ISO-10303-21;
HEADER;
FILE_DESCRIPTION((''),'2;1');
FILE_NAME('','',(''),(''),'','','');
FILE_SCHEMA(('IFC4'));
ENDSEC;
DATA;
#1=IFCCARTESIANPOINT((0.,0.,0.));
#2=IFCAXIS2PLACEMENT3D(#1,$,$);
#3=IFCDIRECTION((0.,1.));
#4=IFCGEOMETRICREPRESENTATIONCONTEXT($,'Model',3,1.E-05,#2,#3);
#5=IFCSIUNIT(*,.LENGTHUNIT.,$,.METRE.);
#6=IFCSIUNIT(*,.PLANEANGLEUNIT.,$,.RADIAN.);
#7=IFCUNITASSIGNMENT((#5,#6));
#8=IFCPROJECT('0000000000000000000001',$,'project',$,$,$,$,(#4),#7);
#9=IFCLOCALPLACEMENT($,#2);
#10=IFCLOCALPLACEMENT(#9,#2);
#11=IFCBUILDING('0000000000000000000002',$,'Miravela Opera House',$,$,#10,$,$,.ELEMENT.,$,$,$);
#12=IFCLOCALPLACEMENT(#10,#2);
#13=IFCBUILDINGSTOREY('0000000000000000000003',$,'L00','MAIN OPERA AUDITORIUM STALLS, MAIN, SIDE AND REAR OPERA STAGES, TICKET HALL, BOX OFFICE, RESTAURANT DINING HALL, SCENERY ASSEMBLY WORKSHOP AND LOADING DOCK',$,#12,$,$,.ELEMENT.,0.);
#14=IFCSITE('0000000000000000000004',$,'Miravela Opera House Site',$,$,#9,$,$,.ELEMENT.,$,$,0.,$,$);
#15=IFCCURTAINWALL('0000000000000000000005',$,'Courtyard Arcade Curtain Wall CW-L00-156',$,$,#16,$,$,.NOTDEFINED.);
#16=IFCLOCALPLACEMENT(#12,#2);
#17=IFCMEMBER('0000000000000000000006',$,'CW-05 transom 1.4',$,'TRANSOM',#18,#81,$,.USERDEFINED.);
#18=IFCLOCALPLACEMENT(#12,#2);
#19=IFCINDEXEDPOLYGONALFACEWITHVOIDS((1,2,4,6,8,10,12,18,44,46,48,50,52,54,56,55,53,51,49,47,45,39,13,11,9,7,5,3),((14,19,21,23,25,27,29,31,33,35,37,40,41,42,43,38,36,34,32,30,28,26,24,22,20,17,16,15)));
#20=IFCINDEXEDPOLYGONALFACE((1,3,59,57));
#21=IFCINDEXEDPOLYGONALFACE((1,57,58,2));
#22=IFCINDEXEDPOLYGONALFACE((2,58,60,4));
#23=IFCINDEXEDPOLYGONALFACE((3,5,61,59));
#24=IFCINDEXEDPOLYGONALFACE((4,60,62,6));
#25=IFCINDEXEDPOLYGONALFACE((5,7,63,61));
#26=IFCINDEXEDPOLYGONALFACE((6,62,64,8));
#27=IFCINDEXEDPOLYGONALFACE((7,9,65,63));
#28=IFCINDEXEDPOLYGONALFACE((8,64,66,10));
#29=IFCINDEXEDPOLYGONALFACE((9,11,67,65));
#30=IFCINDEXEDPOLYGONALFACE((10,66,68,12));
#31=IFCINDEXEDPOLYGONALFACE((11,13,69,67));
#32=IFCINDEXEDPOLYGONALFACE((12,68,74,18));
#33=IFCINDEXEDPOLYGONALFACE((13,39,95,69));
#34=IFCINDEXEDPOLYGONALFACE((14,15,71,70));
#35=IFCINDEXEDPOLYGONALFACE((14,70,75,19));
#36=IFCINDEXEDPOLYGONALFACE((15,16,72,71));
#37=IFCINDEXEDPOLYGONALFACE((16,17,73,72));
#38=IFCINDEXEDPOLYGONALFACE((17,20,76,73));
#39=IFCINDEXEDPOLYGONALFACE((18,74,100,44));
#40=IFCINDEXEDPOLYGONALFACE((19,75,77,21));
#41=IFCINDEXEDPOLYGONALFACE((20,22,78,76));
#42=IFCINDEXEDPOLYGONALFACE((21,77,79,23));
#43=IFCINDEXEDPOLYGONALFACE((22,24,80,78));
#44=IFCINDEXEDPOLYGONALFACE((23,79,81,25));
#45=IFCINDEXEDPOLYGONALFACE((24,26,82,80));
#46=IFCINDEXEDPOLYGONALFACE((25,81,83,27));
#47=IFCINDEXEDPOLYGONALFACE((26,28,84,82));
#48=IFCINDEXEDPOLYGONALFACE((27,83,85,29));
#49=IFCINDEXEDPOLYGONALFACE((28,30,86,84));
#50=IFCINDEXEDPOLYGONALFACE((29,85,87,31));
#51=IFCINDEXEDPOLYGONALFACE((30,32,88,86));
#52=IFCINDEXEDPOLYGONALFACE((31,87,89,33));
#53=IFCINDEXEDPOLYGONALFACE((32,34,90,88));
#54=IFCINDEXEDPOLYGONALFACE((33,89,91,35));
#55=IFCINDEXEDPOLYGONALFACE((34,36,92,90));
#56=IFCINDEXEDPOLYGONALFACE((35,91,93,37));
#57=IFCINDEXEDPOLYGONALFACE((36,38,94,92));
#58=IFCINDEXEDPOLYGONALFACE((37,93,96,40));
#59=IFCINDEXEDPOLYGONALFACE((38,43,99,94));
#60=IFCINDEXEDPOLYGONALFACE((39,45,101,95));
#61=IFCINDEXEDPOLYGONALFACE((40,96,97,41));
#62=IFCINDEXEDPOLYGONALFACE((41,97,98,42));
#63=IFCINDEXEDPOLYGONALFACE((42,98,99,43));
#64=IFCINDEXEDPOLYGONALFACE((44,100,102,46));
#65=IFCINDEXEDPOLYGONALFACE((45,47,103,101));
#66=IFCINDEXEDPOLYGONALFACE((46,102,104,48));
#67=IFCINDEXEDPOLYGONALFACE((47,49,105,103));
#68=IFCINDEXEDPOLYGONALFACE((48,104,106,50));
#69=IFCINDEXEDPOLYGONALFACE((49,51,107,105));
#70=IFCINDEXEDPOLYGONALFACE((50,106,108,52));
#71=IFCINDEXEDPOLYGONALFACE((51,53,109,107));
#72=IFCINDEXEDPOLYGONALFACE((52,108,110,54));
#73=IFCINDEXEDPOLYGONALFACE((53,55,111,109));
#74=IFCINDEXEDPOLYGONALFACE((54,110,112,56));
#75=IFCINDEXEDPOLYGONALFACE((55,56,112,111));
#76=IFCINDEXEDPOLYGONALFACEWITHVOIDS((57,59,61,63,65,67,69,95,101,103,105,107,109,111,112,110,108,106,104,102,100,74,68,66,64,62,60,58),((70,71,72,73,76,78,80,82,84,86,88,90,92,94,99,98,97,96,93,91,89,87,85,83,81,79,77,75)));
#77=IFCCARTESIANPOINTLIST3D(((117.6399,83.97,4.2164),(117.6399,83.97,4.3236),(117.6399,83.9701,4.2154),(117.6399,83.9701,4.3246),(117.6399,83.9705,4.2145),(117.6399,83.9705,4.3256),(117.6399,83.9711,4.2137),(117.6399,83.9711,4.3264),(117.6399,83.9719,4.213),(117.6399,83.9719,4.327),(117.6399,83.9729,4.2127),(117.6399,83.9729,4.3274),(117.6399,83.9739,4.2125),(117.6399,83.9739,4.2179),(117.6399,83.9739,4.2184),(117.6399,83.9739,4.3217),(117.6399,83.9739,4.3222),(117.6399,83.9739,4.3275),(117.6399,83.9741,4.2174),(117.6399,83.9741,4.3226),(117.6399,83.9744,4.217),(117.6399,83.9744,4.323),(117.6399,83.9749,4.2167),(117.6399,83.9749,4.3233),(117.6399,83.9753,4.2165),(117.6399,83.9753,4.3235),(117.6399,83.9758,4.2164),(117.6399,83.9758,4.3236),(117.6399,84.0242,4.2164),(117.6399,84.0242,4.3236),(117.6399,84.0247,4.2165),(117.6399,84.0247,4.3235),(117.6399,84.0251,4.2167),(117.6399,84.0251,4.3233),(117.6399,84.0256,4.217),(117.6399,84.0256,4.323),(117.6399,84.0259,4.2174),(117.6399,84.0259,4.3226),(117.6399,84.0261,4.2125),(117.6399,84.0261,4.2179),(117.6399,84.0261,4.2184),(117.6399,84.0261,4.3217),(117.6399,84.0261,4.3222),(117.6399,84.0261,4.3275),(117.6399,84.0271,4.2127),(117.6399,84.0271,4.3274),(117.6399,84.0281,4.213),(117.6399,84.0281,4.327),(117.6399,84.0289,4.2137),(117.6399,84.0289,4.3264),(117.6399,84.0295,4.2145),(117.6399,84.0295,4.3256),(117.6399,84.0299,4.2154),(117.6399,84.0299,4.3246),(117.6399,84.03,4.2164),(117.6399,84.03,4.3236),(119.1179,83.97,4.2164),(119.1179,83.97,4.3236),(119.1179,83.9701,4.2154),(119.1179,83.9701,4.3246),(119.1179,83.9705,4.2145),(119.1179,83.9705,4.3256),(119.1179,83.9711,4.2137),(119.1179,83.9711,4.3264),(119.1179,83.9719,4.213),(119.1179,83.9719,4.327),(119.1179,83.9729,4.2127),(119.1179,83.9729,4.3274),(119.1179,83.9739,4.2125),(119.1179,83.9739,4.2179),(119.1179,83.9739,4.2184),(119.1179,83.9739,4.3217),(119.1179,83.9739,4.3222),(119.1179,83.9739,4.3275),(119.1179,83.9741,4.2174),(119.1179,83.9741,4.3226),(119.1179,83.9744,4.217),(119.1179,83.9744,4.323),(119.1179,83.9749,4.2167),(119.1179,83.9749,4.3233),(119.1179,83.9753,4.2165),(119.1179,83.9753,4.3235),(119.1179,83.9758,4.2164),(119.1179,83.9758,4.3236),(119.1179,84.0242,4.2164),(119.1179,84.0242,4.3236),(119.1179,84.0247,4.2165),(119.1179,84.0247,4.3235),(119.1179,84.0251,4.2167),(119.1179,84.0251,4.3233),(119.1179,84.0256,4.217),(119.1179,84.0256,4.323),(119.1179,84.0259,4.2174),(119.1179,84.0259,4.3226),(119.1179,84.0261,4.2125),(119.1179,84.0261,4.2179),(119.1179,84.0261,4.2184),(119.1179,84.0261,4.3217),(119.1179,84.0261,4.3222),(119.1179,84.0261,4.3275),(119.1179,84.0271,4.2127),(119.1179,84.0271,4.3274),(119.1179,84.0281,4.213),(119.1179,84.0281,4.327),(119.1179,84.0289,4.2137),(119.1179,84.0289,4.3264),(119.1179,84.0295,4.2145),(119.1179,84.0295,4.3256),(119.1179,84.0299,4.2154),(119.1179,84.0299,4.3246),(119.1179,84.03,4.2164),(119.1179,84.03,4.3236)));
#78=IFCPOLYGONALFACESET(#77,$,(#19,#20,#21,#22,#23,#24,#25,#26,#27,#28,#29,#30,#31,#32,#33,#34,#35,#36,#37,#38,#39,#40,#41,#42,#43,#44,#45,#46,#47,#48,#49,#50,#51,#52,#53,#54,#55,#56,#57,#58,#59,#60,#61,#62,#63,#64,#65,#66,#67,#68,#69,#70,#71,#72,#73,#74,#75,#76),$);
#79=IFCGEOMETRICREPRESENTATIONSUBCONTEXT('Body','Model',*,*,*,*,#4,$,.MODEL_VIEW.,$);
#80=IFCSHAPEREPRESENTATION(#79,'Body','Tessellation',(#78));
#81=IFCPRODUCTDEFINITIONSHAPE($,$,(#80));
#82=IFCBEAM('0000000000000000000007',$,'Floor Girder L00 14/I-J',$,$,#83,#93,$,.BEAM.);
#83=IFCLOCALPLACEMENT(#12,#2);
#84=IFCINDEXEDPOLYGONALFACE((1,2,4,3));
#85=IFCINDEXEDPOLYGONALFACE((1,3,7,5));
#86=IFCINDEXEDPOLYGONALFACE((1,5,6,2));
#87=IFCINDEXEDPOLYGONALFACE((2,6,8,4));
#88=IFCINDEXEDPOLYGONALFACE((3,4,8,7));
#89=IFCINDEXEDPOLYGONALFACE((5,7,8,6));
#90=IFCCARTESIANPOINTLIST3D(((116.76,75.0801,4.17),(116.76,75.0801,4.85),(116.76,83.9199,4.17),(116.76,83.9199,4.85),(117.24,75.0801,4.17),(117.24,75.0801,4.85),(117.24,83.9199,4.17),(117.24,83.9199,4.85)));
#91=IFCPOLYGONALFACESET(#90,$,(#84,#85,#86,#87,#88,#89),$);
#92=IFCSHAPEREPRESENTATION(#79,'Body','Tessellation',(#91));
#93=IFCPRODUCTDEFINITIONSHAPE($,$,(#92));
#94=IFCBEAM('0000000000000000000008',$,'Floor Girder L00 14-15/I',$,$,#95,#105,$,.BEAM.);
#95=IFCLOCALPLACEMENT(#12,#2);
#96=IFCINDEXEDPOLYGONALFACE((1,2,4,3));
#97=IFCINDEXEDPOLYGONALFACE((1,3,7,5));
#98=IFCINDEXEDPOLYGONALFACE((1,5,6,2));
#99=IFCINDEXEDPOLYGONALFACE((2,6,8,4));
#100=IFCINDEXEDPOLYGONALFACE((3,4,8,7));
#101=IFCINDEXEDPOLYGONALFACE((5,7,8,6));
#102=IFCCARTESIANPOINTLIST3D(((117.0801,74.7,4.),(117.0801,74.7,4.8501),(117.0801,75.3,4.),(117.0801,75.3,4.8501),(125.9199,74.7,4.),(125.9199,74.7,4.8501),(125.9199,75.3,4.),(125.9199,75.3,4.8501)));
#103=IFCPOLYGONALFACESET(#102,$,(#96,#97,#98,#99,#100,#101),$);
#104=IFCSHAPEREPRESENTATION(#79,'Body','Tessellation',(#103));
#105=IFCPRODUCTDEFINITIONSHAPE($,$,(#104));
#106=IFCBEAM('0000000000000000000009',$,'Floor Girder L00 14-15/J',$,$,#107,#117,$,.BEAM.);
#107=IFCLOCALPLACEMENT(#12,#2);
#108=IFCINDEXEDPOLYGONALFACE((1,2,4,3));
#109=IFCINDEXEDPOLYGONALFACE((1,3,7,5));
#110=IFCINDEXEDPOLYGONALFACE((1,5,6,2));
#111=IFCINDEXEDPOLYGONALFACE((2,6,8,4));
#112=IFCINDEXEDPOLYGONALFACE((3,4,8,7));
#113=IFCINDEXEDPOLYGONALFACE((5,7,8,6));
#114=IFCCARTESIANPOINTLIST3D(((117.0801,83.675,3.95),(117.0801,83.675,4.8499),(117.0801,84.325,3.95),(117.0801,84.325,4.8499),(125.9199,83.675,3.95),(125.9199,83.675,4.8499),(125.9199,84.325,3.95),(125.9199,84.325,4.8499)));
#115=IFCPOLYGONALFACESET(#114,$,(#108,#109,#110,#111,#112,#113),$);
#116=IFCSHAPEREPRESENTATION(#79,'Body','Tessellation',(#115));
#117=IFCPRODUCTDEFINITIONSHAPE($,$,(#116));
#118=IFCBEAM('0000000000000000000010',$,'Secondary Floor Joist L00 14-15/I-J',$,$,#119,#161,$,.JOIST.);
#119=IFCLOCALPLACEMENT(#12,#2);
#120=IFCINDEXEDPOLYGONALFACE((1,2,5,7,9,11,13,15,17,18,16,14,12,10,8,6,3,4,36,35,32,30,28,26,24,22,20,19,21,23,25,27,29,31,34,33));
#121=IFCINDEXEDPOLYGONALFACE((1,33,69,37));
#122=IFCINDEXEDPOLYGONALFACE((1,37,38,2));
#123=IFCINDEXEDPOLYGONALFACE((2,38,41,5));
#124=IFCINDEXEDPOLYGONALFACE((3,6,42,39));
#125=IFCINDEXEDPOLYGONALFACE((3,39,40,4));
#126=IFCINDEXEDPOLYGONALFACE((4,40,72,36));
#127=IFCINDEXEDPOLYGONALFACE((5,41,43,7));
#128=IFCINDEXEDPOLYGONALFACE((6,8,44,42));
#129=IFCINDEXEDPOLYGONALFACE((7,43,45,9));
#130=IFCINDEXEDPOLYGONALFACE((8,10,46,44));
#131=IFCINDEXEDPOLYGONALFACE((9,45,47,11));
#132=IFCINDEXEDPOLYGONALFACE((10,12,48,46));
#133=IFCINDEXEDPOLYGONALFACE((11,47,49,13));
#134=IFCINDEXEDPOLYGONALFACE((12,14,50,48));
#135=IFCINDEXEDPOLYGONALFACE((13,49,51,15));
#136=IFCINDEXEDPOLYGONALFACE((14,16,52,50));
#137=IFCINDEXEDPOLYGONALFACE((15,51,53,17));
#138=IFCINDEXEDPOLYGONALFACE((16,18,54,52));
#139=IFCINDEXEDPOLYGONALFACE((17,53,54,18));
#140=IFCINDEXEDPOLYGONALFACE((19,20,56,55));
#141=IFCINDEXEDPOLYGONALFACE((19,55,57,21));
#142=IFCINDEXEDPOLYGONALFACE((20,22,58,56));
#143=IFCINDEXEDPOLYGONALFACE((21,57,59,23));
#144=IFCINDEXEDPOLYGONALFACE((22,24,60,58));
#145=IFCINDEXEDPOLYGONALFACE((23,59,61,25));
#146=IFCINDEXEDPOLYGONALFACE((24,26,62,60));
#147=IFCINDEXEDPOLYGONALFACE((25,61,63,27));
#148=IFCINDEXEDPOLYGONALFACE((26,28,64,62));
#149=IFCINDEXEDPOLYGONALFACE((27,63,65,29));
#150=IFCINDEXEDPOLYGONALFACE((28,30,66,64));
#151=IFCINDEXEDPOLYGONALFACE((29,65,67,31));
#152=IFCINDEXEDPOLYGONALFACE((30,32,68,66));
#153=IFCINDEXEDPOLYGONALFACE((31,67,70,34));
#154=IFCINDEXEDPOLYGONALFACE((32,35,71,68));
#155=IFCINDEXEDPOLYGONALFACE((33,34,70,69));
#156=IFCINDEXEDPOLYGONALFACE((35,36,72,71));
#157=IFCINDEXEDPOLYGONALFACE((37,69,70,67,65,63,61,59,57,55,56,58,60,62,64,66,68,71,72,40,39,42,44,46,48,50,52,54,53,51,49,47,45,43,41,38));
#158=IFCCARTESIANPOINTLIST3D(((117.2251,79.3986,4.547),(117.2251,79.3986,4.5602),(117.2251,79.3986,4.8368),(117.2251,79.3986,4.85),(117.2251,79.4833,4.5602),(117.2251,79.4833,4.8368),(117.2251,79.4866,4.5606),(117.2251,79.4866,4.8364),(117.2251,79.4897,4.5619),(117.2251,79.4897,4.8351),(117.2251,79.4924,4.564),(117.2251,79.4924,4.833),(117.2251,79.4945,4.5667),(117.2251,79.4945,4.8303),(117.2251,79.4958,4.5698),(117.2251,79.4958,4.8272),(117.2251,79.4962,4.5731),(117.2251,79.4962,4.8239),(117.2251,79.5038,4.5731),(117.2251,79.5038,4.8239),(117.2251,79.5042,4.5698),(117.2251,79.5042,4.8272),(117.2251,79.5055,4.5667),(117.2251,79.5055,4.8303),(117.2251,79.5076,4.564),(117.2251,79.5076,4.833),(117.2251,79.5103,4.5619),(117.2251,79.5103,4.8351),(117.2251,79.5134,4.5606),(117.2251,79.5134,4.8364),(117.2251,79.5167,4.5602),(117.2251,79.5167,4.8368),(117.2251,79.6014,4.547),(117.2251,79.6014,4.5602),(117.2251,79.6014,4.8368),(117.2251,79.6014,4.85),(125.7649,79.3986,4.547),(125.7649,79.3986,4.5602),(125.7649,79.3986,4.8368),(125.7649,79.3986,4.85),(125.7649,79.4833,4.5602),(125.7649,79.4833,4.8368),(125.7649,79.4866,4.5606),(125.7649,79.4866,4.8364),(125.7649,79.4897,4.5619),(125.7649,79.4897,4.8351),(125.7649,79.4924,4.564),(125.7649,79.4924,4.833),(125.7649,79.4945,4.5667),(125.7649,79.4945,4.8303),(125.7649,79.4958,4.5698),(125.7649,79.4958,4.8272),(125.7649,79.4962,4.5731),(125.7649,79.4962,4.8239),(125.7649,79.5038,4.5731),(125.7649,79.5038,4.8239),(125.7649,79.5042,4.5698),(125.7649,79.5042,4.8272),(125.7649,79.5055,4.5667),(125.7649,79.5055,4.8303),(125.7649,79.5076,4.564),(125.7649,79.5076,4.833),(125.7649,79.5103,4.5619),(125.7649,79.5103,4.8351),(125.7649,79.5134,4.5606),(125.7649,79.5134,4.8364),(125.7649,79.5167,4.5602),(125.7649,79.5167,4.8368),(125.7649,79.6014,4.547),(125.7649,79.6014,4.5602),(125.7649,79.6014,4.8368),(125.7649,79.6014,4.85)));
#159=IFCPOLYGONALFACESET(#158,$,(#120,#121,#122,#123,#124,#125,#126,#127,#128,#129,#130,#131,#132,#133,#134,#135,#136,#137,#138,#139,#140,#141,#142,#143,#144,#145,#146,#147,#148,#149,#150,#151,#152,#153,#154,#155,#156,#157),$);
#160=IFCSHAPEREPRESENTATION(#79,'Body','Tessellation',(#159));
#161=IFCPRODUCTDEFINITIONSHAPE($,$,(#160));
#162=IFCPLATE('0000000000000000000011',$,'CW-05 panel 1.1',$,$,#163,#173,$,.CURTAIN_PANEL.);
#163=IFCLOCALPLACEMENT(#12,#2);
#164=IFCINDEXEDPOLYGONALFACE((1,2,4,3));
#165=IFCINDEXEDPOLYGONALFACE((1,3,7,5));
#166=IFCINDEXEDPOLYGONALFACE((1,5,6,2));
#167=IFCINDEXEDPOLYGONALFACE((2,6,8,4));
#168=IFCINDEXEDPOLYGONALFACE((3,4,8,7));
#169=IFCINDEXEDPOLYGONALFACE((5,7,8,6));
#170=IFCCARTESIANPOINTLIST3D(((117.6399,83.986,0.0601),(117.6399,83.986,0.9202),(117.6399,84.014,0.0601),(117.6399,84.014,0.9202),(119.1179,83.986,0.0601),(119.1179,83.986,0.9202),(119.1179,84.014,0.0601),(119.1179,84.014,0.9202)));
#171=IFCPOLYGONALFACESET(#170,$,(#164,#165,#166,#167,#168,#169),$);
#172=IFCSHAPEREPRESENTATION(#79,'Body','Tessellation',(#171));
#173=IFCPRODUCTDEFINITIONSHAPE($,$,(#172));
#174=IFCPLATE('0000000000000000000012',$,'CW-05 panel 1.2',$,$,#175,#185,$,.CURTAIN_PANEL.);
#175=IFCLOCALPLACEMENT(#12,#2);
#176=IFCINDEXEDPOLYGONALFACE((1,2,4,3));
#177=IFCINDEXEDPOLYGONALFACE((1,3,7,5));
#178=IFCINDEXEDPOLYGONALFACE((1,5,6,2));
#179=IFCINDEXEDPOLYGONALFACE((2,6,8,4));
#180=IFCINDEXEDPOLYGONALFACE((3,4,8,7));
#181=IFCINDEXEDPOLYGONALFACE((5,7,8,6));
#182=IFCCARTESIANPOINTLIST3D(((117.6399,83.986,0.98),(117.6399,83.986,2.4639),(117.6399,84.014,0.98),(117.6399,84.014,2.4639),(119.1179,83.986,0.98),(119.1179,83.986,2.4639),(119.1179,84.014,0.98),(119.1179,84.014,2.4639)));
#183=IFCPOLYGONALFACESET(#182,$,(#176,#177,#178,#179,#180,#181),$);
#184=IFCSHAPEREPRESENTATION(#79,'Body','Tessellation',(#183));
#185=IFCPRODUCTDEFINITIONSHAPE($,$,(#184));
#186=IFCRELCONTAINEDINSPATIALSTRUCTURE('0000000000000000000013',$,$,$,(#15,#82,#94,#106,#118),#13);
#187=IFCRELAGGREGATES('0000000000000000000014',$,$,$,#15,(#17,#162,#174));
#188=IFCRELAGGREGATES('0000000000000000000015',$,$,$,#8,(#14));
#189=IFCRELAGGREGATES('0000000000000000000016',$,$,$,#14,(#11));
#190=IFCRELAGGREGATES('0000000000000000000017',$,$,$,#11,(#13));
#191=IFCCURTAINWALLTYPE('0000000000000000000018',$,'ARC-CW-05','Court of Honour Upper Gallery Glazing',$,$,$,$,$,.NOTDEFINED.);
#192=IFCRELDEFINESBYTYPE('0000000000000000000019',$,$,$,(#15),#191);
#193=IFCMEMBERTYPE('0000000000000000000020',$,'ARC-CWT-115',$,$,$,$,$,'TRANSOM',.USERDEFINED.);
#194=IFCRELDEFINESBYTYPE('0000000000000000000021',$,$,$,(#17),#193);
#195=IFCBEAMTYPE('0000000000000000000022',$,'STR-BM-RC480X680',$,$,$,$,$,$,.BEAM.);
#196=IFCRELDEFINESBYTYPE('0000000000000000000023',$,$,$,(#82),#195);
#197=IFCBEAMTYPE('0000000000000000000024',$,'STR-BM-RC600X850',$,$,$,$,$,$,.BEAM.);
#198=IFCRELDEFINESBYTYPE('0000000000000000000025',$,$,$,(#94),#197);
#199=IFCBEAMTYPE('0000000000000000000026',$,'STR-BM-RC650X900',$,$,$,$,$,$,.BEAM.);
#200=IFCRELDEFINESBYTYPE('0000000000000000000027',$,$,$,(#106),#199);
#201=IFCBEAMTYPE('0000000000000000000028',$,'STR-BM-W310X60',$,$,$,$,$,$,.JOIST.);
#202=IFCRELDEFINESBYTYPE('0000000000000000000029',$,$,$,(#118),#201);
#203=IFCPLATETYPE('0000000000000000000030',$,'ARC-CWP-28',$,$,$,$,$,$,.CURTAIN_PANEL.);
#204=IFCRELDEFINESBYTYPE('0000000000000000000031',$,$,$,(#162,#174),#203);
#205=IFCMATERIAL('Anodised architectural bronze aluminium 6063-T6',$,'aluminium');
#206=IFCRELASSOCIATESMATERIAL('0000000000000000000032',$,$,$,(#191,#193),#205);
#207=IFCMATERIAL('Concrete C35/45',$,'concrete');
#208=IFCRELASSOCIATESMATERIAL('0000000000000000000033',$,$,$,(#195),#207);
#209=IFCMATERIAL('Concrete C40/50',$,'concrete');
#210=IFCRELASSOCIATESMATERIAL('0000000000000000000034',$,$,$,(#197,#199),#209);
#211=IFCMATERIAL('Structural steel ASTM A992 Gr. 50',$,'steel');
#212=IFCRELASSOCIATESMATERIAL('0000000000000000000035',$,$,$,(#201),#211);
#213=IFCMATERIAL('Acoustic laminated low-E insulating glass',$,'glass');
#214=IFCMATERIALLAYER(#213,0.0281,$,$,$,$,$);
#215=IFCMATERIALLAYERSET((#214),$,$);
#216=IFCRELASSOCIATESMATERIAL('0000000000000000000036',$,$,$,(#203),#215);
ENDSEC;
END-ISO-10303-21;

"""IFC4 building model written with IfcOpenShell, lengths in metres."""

from ifc_helpers import new_model, si_unit, direction, frame, origin, origin_2d, place, context, subcontext, project, spatial, rectangle, hollow_rectangle, i_section, extrude, material, layer, layer_set, material_profile, profile_set, type_object, element, aggregate, save


model = new_model("IFC4")

# Units and contexts
model_context = context("Model", 3, precision=1e-05, world=origin(), true_north=direction((0.0, 1.0)))
body_context = subcontext(model_context, "Body", "Model", "MODEL_VIEW")
ifc_project = project(units=[si_unit("LENGTHUNIT", "METRE"), si_unit("PLANEANGLEUNIT", "RADIAN")], contexts=[model_context])

# Site, building, storey
site_placement = place(None, origin())
site = spatial("IfcSite", under=ifc_project, at=site_placement, Name="Miravela Opera House Site", CompositionType="ELEMENT", RefElevation=0.0)
building_placement = place(site_placement, origin())
building = spatial("IfcBuilding", under=site, at=building_placement, Name="Miravela Opera House", CompositionType="ELEMENT")
storey_placement = place(building_placement, origin())
storey = spatial("IfcBuildingStorey", under=building, at=storey_placement, Name="L00", Description="MAIN OPERA AUDITORIUM STALLS, MAIN, SIDE AND REAR OPERA STAGES, TICKET HALL, BOX OFFICE, RESTAURANT DINING HALL, SCENERY ASSEMBLY WORKSHOP AND LOADING DOCK", CompositionType="ELEMENT", Elevation=0.0)

# Shared definitions
ifc_material_1 = material(Name="Concrete C35/45", Category="concrete")
ifc_material_2 = material(Name="Concrete C40/50", Category="concrete")

# Curtain wall, member
ifc_material_3 = material(Name="Anodised architectural bronze aluminium 6063-T6", Category="aluminium")
curtain_wall_type = type_object("IfcCurtainWallType", Name="ARC-CW-05", Description="Court of Honour Upper Gallery Glazing", PredefinedType="NOTDEFINED", material=ifc_material_3)
curtain_wall_placement = place(storey_placement, origin())
curtain_wall = element("IfcCurtainWall", 1, at=curtain_wall_placement, inside=storey, type_object=curtain_wall_type, Name="Courtyard Arcade Curtain Wall CW-L00-156", PredefinedType="NOTDEFINED")
ifc_material_profile_1 = material_profile(ifc_material_3, hollow_rectangle(XDim=0.0601, YDim=0.115, WallThickness=0.0039, InnerFilletRadius=0.002, OuterFilletRadius=0.0039, at=origin_2d()), Name="CWT-60X115")
ifc_profile_set_1 = profile_set([ifc_material_profile_1])
member_type_1 = type_object("IfcMemberType", Name="ARC-CWT-115", ElementType="TRANSOM", PredefinedType="USERDEFINED", material=ifc_profile_set_1)
member_1_placement = place(storey_placement, frame((117.6399, 84.0, 4.27), z_axis=(1.0, 0.0, 0.0), x_axis=(0.0, 1.0, 0.0)))
member_1 = element("IfcMember", 2, at=member_1_placement, type_object=member_type_1, Name="CW-05 transom 1.4", ObjectType="TRANSOM", PredefinedType="USERDEFINED", context=body_context, shape_type="SweptSolid", body=[
    extrude(hollow_rectangle(XDim=0.0601, YDim=0.115, WallThickness=0.0039, InnerFilletRadius=0.002, OuterFilletRadius=0.0039, at=origin_2d()), origin(), (0.0, 0.0, 1.0), 1.478),
])

# Beams
ifc_material_profile_2 = material_profile(ifc_material_1, rectangle(XDim=0.48, YDim=0.6799, at=origin_2d()), Name="RC-BM-480X680")
ifc_profile_set_2 = profile_set([ifc_material_profile_2])
beam_type_1 = type_object("IfcBeamType", Name="STR-BM-RC480X680", PredefinedType="BEAM", material=ifc_profile_set_2)
beam_1_placement = place(storey_placement, frame((117.0, 75.0801, 4.51), z_axis=(0.0, 1.0, 0.0), x_axis=(-1.0, 0.0, 0.0)))
element("IfcBeam", 3, at=beam_1_placement, inside=storey, type_object=beam_type_1, Name="Floor Girder L00 14/I-J", PredefinedType="BEAM", context=body_context, shape_type="SweptSolid", body=[
    extrude(rectangle(XDim=0.48, YDim=0.6799, at=origin_2d()), origin(), (0.0, 0.0, 1.0), 8.8398),
])
ifc_material_profile_3 = material_profile(ifc_material_2, rectangle(XDim=0.6001, YDim=0.8501, at=origin_2d()), Name="RC-BM-600X850")
ifc_profile_set_3 = profile_set([ifc_material_profile_3])
beam_type_2 = type_object("IfcBeamType", Name="STR-BM-RC600X850", PredefinedType="BEAM", material=ifc_profile_set_3)
beam_2_placement = place(storey_placement, frame((117.0801, 75.0, 4.425), z_axis=(1.0, 0.0, 0.0), x_axis=(0.0, 1.0, 0.0)))
element("IfcBeam", 4, at=beam_2_placement, inside=storey, type_object=beam_type_2, Name="Floor Girder L00 14-15/I", PredefinedType="BEAM", context=body_context, shape_type="SweptSolid", body=[
    extrude(rectangle(XDim=0.6001, YDim=0.8501, at=origin_2d()), origin(), (0.0, 0.0, 1.0), 8.8398),
])
ifc_material_profile_4 = material_profile(ifc_material_2, rectangle(XDim=0.6499, YDim=0.8999, at=origin_2d()), Name="RC-BM-650X900")
ifc_profile_set_4 = profile_set([ifc_material_profile_4])
beam_type_3 = type_object("IfcBeamType", Name="STR-BM-RC650X900", PredefinedType="BEAM", material=ifc_profile_set_4)
beam_3_placement = place(storey_placement, frame((117.0801, 84.0, 4.3999), z_axis=(1.0, 0.0, 0.0), x_axis=(0.0, 1.0, 0.0)))
element("IfcBeam", 5, at=beam_3_placement, inside=storey, type_object=beam_type_3, Name="Floor Girder L00 14-15/J", PredefinedType="BEAM", context=body_context, shape_type="SweptSolid", body=[
    extrude(rectangle(XDim=0.6499, YDim=0.8999, at=origin_2d()), origin(), (0.0, 0.0, 1.0), 8.8398),
])
ifc_material_4 = material(Name="Structural steel ASTM A992 Gr. 50", Category="steel")
ifc_material_profile_5 = material_profile(ifc_material_4, i_section(OverallWidth=0.2029, OverallDepth=0.303, WebThickness=0.0076, FlangeThickness=0.0132, FilletRadius=0.0129, at=origin_2d()), Name="W310X60")
ifc_profile_set_5 = profile_set([ifc_material_profile_5])
beam_type_4 = type_object("IfcBeamType", Name="STR-BM-W310X60", PredefinedType="JOIST", material=ifc_profile_set_5)
beam_4_placement = place(storey_placement, frame((117.2251, 79.5, 4.6985), z_axis=(1.0, 0.0, 0.0), x_axis=(0.0, 1.0, 0.0)))
element("IfcBeam", 6, at=beam_4_placement, inside=storey, type_object=beam_type_4, Name="Secondary Floor Joist L00 14-15/I-J", PredefinedType="JOIST", context=body_context, shape_type="SweptSolid", body=[
    extrude(i_section(OverallWidth=0.2029, OverallDepth=0.303, WebThickness=0.0076, FlangeThickness=0.0132, FilletRadius=0.0129, at=origin_2d()), origin(), (0.0, 0.0, 1.0), 8.5398),
])

# Plates
ifc_material_5 = material(Name="Acoustic laminated low-E insulating glass", Category="glass")
ifc_layer_1 = layer(ifc_material_5, 0.0281)
ifc_layer_set_1 = layer_set([ifc_layer_1])
plate_type = type_object("IfcPlateType", Name="ARC-CWP-28", PredefinedType="CURTAIN_PANEL", material=ifc_layer_set_1)
plate_1_placement = place(storey_placement, frame((118.3789, 84.0, 0.0601), z_axis=(0.0, 0.0, 1.0), x_axis=(1.0, 0.0, 0.0)))
plate_1 = element("IfcPlate", 7, at=plate_1_placement, type_object=plate_type, Name="CW-05 panel 1.1", PredefinedType="CURTAIN_PANEL", context=body_context, shape_type="SweptSolid", body=[
    extrude(rectangle(XDim=1.478, YDim=0.0281, at=origin_2d()), origin(), (0.0, 0.0, 1.0), 0.8601),
])
plate_2_placement = place(storey_placement, frame((118.3789, 84.0, 0.98), z_axis=(0.0, 0.0, 1.0), x_axis=(1.0, 0.0, 0.0)))
plate_2 = element("IfcPlate", 8, at=plate_2_placement, type_object=plate_type, Name="CW-05 panel 1.2", PredefinedType="CURTAIN_PANEL", context=body_context, shape_type="SweptSolid", body=[
    extrude(rectangle(XDim=1.478, YDim=0.0281, at=origin_2d()), origin(), (0.0, 0.0, 1.0), 1.4839),
])
aggregate(curtain_wall, [member_1, plate_1, plate_2])

save(model, "model.ifc")
